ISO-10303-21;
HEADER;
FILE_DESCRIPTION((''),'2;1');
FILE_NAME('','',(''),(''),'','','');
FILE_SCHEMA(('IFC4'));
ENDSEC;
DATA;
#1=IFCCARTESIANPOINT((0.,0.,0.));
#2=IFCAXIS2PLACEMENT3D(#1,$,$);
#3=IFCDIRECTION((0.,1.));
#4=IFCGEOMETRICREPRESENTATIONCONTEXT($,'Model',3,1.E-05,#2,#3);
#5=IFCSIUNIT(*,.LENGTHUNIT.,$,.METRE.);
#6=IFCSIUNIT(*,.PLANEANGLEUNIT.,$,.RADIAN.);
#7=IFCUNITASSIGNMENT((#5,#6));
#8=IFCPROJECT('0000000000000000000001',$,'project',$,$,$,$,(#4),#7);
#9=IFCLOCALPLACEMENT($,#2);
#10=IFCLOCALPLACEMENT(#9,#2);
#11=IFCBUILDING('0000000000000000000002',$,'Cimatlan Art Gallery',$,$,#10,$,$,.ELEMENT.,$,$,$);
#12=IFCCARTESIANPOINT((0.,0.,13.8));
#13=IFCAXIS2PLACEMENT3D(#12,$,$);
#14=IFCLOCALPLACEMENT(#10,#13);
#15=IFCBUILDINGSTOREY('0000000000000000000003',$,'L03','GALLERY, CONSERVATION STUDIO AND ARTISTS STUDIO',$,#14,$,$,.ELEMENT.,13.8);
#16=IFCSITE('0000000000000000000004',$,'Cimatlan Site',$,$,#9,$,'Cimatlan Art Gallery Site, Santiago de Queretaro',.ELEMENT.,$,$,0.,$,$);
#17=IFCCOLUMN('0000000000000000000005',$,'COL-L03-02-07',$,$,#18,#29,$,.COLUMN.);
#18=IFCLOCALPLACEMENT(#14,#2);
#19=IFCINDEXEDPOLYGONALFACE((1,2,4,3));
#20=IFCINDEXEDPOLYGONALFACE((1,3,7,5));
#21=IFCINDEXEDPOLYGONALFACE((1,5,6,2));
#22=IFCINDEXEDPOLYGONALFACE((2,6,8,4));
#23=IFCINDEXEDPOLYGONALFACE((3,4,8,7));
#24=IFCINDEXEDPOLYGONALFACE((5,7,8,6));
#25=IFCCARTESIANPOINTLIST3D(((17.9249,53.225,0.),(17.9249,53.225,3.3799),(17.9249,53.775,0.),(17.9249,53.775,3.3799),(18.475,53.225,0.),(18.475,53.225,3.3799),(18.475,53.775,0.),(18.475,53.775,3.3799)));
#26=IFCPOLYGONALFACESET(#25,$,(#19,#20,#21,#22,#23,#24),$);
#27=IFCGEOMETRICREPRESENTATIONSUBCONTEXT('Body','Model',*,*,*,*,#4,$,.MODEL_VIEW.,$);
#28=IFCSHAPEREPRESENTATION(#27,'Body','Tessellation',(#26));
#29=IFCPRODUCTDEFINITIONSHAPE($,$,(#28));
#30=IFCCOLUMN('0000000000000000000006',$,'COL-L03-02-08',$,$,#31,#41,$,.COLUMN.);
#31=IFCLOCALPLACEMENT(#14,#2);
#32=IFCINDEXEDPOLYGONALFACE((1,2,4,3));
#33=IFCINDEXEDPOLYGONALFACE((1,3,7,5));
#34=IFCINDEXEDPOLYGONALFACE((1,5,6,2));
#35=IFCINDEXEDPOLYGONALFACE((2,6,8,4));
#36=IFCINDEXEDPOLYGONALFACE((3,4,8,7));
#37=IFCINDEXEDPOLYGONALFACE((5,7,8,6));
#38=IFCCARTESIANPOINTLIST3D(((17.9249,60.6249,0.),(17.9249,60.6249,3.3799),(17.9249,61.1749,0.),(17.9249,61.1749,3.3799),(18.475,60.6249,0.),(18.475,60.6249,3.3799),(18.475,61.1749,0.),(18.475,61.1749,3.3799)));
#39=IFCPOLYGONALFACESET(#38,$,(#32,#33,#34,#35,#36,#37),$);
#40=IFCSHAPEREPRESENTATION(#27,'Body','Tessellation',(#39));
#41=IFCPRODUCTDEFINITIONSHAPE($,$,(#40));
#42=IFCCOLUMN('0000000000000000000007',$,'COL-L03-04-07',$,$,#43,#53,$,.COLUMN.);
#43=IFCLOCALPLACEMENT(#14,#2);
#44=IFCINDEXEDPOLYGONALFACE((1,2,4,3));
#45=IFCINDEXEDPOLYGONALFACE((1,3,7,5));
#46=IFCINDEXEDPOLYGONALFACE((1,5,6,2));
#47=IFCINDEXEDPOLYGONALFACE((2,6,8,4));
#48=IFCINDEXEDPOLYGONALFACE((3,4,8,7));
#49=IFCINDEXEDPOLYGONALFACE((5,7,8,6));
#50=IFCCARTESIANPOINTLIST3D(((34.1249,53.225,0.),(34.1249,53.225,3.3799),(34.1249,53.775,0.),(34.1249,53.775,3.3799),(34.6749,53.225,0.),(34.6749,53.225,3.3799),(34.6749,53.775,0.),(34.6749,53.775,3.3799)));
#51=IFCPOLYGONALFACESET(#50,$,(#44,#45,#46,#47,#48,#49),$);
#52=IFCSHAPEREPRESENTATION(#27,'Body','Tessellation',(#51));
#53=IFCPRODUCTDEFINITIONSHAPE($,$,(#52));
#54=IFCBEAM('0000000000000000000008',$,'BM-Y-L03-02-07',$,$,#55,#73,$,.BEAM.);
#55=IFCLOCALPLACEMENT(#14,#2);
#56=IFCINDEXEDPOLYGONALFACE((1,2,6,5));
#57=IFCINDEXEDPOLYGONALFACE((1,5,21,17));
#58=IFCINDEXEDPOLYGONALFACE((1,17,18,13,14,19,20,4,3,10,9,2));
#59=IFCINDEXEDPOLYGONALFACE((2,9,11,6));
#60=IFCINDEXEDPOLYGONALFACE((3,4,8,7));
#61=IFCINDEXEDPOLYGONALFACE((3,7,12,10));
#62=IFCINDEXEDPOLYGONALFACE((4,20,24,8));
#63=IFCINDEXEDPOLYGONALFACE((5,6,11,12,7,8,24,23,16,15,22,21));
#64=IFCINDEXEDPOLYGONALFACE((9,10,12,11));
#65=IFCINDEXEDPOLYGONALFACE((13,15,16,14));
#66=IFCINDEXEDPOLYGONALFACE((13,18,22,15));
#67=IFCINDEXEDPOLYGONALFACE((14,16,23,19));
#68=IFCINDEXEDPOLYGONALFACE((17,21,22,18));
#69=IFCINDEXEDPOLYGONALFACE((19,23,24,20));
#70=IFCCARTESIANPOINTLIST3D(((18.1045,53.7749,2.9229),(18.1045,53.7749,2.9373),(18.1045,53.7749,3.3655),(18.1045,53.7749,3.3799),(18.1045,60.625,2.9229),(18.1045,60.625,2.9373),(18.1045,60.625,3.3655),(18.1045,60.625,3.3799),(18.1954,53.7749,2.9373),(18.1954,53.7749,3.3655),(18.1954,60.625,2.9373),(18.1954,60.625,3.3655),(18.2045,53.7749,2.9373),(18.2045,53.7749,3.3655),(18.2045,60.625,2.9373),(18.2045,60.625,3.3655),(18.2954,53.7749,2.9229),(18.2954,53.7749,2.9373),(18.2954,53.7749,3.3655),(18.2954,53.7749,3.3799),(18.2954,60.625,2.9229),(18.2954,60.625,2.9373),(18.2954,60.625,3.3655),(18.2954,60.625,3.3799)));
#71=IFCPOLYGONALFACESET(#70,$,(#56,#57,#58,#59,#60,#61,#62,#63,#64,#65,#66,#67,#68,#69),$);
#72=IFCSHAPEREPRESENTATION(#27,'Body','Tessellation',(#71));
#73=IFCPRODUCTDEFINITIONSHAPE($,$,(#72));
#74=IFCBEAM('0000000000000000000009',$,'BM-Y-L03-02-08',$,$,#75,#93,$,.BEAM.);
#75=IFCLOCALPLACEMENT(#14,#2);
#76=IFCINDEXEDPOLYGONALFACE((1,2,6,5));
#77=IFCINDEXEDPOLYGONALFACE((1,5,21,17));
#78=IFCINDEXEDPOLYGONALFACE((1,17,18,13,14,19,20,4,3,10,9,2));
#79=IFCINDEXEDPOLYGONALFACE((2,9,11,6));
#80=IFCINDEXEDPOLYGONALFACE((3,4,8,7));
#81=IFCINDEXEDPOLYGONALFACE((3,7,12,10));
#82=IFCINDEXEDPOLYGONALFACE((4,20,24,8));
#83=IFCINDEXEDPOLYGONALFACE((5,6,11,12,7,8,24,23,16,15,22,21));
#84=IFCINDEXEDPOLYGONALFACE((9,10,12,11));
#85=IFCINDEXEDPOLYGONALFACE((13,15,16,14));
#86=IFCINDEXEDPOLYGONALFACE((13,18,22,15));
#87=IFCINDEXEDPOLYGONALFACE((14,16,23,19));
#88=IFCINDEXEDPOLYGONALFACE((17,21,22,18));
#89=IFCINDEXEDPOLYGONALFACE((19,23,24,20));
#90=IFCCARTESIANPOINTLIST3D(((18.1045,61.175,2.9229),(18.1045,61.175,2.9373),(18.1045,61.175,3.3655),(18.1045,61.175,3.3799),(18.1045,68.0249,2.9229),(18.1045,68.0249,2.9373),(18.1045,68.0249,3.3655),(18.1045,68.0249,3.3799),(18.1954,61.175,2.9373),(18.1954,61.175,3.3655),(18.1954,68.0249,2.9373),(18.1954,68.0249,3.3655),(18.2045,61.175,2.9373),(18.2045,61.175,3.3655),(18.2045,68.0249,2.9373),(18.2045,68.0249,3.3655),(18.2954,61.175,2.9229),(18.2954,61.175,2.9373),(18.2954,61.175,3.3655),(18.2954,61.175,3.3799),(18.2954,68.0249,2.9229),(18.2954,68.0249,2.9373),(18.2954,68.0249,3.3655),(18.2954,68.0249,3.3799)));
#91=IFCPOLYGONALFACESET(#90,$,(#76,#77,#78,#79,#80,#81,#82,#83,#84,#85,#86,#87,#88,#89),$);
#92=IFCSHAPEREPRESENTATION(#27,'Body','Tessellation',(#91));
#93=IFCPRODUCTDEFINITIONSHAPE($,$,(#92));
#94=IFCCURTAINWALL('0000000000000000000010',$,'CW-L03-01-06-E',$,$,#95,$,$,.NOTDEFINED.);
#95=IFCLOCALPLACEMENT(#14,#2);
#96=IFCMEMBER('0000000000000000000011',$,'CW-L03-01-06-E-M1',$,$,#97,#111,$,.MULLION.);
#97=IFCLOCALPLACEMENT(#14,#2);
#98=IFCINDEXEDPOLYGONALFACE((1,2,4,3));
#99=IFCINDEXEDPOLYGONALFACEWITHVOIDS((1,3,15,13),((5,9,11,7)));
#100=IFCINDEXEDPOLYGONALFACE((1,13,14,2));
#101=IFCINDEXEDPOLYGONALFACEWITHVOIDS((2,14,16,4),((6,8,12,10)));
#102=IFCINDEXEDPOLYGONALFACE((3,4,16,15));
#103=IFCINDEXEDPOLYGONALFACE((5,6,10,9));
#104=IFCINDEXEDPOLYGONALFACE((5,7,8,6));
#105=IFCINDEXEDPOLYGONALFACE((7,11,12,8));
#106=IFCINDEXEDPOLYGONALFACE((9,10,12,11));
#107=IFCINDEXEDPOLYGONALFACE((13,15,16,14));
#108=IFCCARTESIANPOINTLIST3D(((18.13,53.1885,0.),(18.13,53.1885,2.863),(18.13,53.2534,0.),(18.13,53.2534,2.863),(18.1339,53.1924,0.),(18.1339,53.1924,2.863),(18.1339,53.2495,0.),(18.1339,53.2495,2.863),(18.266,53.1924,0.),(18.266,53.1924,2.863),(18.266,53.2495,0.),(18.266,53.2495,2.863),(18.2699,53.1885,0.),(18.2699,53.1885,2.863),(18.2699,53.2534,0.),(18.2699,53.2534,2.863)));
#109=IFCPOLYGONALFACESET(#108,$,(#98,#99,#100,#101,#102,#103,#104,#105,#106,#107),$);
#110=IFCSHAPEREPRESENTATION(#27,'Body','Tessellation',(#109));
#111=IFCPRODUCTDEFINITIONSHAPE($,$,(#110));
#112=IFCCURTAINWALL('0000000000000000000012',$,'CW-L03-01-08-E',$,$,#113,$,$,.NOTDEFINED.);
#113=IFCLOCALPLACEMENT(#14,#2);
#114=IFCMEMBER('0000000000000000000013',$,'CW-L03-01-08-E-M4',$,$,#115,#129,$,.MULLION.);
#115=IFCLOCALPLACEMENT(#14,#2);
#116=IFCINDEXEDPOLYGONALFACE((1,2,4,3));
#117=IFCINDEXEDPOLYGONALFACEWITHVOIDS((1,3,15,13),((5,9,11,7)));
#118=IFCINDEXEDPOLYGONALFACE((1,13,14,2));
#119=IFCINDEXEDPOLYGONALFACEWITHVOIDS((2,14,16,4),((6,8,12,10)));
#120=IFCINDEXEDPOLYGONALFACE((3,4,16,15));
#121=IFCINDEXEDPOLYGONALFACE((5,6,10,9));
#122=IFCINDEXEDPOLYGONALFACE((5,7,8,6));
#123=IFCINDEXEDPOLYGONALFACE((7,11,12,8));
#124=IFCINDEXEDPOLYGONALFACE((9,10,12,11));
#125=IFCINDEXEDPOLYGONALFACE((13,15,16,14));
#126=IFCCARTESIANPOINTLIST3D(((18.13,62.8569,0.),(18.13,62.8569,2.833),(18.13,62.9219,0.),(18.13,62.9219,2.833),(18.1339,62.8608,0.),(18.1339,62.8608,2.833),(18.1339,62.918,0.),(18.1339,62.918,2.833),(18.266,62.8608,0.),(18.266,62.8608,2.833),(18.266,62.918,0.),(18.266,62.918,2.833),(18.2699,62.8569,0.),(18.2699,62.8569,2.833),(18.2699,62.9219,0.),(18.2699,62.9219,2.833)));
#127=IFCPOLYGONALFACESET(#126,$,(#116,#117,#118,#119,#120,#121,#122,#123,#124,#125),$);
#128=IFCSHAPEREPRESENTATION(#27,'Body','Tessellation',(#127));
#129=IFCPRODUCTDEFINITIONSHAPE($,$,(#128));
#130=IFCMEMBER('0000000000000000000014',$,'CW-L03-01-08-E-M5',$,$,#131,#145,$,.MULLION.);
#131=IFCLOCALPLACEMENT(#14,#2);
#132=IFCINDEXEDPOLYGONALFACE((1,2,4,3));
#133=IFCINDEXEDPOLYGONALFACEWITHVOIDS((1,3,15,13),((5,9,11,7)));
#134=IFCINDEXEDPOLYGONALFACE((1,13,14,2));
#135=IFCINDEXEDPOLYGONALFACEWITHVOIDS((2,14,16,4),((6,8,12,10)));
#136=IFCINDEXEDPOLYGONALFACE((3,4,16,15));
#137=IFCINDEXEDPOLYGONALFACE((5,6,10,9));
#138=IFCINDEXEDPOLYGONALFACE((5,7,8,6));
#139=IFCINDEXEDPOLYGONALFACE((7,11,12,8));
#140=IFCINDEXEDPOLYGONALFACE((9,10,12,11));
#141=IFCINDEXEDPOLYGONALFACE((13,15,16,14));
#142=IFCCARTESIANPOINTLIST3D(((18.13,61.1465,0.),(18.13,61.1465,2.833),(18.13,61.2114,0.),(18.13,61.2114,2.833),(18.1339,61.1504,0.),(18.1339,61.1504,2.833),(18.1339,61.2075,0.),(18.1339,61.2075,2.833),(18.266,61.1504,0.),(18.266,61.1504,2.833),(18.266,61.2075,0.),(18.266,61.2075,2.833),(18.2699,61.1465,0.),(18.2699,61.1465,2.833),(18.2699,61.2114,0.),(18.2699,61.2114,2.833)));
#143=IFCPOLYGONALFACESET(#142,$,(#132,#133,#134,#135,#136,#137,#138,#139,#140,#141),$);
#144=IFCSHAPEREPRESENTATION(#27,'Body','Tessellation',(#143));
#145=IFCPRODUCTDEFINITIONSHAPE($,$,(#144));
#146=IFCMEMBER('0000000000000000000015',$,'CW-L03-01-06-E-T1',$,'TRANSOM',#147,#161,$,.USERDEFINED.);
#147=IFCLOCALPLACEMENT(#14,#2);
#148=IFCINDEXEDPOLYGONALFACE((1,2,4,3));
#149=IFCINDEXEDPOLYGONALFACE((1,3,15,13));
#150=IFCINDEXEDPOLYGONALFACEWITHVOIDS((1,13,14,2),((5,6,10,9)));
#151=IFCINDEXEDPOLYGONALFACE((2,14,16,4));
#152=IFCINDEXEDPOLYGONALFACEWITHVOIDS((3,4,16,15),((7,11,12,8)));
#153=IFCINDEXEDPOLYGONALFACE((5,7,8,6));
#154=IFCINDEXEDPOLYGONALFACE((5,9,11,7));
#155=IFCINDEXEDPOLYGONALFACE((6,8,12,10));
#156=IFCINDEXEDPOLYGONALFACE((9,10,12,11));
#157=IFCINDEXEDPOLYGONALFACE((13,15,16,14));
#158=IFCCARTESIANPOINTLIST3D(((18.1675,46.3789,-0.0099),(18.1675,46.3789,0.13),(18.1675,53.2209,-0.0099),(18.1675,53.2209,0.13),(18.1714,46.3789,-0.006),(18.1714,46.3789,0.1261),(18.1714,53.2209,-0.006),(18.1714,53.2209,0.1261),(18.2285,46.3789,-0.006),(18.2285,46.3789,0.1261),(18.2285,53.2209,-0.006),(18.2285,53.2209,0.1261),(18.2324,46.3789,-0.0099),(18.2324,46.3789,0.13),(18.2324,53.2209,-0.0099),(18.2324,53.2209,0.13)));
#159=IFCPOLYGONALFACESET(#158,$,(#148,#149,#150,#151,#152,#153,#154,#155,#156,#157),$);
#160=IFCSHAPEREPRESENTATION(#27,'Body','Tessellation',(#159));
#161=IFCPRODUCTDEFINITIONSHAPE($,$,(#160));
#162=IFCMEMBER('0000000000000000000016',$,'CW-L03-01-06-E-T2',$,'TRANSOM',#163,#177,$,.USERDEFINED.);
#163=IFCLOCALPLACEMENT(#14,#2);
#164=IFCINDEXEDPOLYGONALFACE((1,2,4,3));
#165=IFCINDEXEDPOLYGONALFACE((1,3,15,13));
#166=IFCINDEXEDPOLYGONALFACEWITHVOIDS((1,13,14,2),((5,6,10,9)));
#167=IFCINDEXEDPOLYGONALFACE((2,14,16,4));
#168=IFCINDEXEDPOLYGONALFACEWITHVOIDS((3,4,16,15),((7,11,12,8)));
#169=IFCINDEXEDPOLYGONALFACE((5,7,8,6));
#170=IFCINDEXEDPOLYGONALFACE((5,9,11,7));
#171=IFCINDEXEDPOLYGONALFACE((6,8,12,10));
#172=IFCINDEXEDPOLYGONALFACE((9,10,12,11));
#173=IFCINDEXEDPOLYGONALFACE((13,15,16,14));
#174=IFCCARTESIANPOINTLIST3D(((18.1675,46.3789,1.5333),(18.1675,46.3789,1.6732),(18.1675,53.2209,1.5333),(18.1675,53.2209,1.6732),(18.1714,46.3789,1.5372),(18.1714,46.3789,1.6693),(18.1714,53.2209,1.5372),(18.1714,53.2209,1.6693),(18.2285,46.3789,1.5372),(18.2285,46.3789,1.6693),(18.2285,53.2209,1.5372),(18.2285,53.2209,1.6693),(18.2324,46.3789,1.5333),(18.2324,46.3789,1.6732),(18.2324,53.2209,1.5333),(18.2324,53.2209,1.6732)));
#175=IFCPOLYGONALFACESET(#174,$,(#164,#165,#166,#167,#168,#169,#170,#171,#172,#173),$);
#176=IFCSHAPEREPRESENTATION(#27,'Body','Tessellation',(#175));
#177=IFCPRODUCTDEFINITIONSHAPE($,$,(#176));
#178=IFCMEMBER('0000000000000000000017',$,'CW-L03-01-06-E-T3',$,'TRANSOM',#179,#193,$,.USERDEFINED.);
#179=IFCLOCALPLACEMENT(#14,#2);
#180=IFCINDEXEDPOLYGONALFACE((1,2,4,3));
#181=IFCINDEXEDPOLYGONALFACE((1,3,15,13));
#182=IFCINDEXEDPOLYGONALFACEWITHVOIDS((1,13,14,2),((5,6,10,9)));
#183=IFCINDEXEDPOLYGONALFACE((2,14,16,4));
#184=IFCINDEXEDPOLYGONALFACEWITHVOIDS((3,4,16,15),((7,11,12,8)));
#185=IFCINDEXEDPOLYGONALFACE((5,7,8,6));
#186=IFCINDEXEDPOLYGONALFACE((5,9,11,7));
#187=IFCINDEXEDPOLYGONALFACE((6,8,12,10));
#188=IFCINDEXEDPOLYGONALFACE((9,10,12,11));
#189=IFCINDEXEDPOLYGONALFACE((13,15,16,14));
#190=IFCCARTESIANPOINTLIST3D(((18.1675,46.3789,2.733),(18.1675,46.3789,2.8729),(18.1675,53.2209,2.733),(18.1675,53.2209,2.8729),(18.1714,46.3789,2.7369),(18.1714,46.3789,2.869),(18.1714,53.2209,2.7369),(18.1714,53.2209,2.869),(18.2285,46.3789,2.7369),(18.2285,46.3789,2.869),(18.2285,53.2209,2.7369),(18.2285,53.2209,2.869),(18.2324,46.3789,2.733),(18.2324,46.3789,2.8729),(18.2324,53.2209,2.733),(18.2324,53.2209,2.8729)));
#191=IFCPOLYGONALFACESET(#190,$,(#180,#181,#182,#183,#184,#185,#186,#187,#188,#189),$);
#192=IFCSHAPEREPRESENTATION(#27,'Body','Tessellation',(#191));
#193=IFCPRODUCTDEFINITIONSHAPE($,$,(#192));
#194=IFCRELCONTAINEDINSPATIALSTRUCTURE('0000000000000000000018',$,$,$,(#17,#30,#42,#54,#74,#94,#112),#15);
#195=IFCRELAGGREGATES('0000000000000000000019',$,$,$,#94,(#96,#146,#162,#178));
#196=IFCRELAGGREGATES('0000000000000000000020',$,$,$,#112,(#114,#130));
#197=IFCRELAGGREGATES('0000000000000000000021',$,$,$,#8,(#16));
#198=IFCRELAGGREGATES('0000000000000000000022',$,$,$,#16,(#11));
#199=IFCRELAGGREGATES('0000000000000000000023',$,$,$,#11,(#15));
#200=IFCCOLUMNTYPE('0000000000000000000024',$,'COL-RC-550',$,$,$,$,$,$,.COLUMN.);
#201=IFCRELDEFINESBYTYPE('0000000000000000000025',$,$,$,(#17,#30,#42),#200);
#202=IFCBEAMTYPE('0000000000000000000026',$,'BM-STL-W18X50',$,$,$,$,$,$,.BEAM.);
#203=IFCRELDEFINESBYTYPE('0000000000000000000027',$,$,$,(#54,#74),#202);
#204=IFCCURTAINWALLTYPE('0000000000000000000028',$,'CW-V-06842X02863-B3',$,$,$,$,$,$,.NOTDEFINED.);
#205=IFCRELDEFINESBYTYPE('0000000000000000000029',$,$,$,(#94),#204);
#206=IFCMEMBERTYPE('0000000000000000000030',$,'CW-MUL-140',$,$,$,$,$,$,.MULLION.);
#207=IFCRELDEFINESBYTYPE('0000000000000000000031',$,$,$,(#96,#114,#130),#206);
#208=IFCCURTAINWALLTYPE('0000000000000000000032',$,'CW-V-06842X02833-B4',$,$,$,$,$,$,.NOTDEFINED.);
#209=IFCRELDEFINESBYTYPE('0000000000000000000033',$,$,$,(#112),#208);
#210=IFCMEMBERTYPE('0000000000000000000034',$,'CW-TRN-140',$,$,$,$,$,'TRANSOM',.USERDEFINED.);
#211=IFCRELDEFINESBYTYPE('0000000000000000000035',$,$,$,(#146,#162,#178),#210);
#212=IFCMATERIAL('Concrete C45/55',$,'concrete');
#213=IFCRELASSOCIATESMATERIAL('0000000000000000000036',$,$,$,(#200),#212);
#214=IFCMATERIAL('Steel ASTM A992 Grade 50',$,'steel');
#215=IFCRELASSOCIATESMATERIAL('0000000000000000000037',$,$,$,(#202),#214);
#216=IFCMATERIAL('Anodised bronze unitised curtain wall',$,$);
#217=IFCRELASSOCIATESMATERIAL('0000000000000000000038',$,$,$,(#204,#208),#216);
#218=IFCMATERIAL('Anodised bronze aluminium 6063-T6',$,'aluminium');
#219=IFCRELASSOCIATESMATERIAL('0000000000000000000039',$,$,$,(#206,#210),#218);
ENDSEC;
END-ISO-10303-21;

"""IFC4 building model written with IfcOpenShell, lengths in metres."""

from ifc_helpers import new_model, si_unit, direction, frame, origin, origin_2d, place, context, subcontext, project, spatial, rectangle, hollow_rectangle, i_section, extrude, material, material_profile, profile_set, type_object, element, aggregate, save


model = new_model("IFC4")

# Units and contexts
model_context = context("Model", 3, precision=1e-05, world=origin(), true_north=direction((0.0, 1.0)))
body_context = subcontext(model_context, "Body", "Model", "MODEL_VIEW")
ifc_project = project(units=[si_unit("LENGTHUNIT", "METRE"), si_unit("PLANEANGLEUNIT", "RADIAN")], contexts=[model_context])

# Site, building, storey
site_placement = place(None, origin())
site = spatial("IfcSite", under=ifc_project, at=site_placement, Name="Cimatlan Site", LongName="Cimatlan Art Gallery Site, Santiago de Queretaro", CompositionType="ELEMENT", RefElevation=0.0)
building_placement = place(site_placement, origin())
building = spatial("IfcBuilding", under=site, at=building_placement, Name="Cimatlan Art Gallery", CompositionType="ELEMENT")
storey_placement = place(building_placement, frame((0.0, 0.0, 13.8)))
storey = spatial("IfcBuildingStorey", under=building, at=storey_placement, Name="L03", Description="GALLERY, CONSERVATION STUDIO AND ARTISTS STUDIO", CompositionType="ELEMENT", Elevation=13.8)

# Columns
ifc_material_1 = material(Name="Concrete C45/55", Category="concrete")
ifc_material_profile_1 = material_profile(ifc_material_1, rectangle(XDim=0.55, YDim=0.55, at=origin_2d()), Name="RC550X550")
ifc_profile_set_1 = profile_set([ifc_material_profile_1], Name="Concrete C45/55")
column_type = type_object("IfcColumnType", Name="COL-RC-550", PredefinedType="COLUMN", material=ifc_profile_set_1)
for number, where, z_axis, x_axis, name in (
    (1, (18.2, 53.5, 0.0), (0.0, 0.0, 1.0), (1.0, 0.0, 0.0), "COL-L03-02-07"),
    (2, (18.2, 60.8999, 0.0), (0.0, 0.0, 1.0), (1.0, 0.0, 0.0), "COL-L03-02-08"),
    (3, (34.3999, 53.5, 0.0), (0.0, 0.0, 1.0), (1.0, 0.0, 0.0), "COL-L03-04-07"),
):
    element("IfcColumn", number, at=place(storey_placement, frame(where, z_axis=z_axis, x_axis=x_axis)), inside=storey, type_object=column_type, Name=name, PredefinedType="COLUMN", context=body_context, shape_type="SweptSolid", body=[
        extrude(rectangle(XDim=0.55, YDim=0.55, at=origin_2d()), origin(), (0.0, 0.0, 1.0), 3.3799),
    ])

# Beams
ifc_material_2 = material(Name="Steel ASTM A992 Grade 50", Category="steel")
ifc_material_profile_2 = material_profile(ifc_material_2, i_section(OverallWidth=0.1909, OverallDepth=0.457, WebThickness=0.009, FlangeThickness=0.0144, at=origin_2d()), Name="W18X50")
ifc_profile_set_2 = profile_set([ifc_material_profile_2], Name="Steel ASTM A992 Grade 50")
beam_type = type_object("IfcBeamType", Name="BM-STL-W18X50", PredefinedType="BEAM", material=ifc_profile_set_2)
beam_1_placement = place(storey_placement, frame((18.2, 53.7749, 3.1514), z_axis=(0.0, 1.0, 0.0), x_axis=(-1.0, 0.0, 0.0)))
element("IfcBeam", 4, at=beam_1_placement, inside=storey, type_object=beam_type, Name="BM-Y-L03-02-07", PredefinedType="BEAM", context=body_context, shape_type="SweptSolid", body=[
    extrude(i_section(OverallWidth=0.1909, OverallDepth=0.457, WebThickness=0.009, FlangeThickness=0.0144, at=origin_2d()), origin(), (0.0, 0.0, 1.0), 6.8501),
])
beam_2_placement = place(storey_placement, frame((18.2, 61.175, 3.1514), z_axis=(0.0, 1.0, 0.0), x_axis=(-1.0, 0.0, 0.0)))
element("IfcBeam", 5, at=beam_2_placement, inside=storey, type_object=beam_type, Name="BM-Y-L03-02-08", PredefinedType="BEAM", context=body_context, shape_type="SweptSolid", body=[
    extrude(i_section(OverallWidth=0.1909, OverallDepth=0.457, WebThickness=0.009, FlangeThickness=0.0144, at=origin_2d()), origin(), (0.0, 0.0, 1.0), 6.8499),
])

# Curtain wall, member
ifc_material_3 = material(Name="Anodised bronze unitised curtain wall")
curtain_wall_type_1 = type_object("IfcCurtainWallType", Name="CW-V-06842X02863-B3", PredefinedType="NOTDEFINED", material=ifc_material_3)
curtain_wall_1_placement = place(storey_placement, origin())
curtain_wall_1 = element("IfcCurtainWall", 6, at=curtain_wall_1_placement, inside=storey, type_object=curtain_wall_type_1, Name="CW-L03-01-06-E", PredefinedType="NOTDEFINED")
ifc_material_4 = material(Name="Anodised bronze aluminium 6063-T6", Category="aluminium")
ifc_material_profile_3 = material_profile(ifc_material_4, hollow_rectangle(XDim=0.0649, YDim=0.1399, WallThickness=0.0039, at=origin_2d()), Name="ALU65X140X4")
ifc_profile_set_3 = profile_set([ifc_material_profile_3], Name="Anodised bronze aluminium 6063-T6")
member_type_1 = type_object("IfcMemberType", Name="CW-MUL-140", PredefinedType="MULLION", material=ifc_profile_set_3)
member_1_placement = place(storey_placement, frame((18.2, 53.2209, 0.0), z_axis=(0.0, 0.0, 1.0), x_axis=(0.0, 1.0, 0.0)))
member_1 = element("IfcMember", 7, at=member_1_placement, type_object=member_type_1, Name="CW-L03-01-06-E-M1", PredefinedType="MULLION", context=body_context, shape_type="SweptSolid", body=[
    extrude(hollow_rectangle(XDim=0.0649, YDim=0.1399, WallThickness=0.0039, at=origin_2d()), origin(), (0.0, 0.0, 1.0), 2.863),
])

# Curtain wall, members
curtain_wall_type_2 = type_object("IfcCurtainWallType", Name="CW-V-06842X02833-B4", PredefinedType="NOTDEFINED", material=ifc_material_3)
curtain_wall_2_placement = place(storey_placement, origin())
curtain_wall_2 = element("IfcCurtainWall", 8, at=curtain_wall_2_placement, inside=storey, type_object=curtain_wall_type_2, Name="CW-L03-01-08-E", PredefinedType="NOTDEFINED")
member_2_placement = place(storey_placement, frame((18.2, 62.8894, 0.0), z_axis=(0.0, 0.0, 1.0), x_axis=(0.0, 1.0, 0.0)))
member_2 = element("IfcMember", 9, at=member_2_placement, type_object=member_type_1, Name="CW-L03-01-08-E-M4", PredefinedType="MULLION", context=body_context, shape_type="SweptSolid", body=[
    extrude(hollow_rectangle(XDim=0.0649, YDim=0.1399, WallThickness=0.0039, at=origin_2d()), origin(), (0.0, 0.0, 1.0), 2.833),
])
member_3_placement = place(storey_placement, frame((18.2, 61.179, 0.0), z_axis=(0.0, 0.0, 1.0), x_axis=(0.0, 1.0, 0.0)))
member_3 = element("IfcMember", 10, at=member_3_placement, type_object=member_type_1, Name="CW-L03-01-08-E-M5", PredefinedType="MULLION", context=body_context, shape_type="SweptSolid", body=[
    extrude(hollow_rectangle(XDim=0.0649, YDim=0.1399, WallThickness=0.0039, at=origin_2d()), origin(), (0.0, 0.0, 1.0), 2.833),
])

# Members
ifc_material_profile_4 = material_profile(ifc_material_4, hollow_rectangle(XDim=0.0649, YDim=0.1399, WallThickness=0.0039, at=origin_2d()), Name="ALU65X140X4")
ifc_profile_set_4 = profile_set([ifc_material_profile_4], Name="Anodised bronze aluminium 6063-T6")
member_type_2 = type_object("IfcMemberType", Name="CW-TRN-140", ElementType="TRANSOM", PredefinedType="USERDEFINED", material=ifc_profile_set_4)
member_4_placement = place(storey_placement, frame((18.2, 53.2209, 0.0601), z_axis=(0.0, -1.0, 0.0), x_axis=(1.0, 0.0, 0.0)))
member_4 = element("IfcMember", 11, at=member_4_placement, type_object=member_type_2, Name="CW-L03-01-06-E-T1", ObjectType="TRANSOM", PredefinedType="USERDEFINED", context=body_context, shape_type="SweptSolid", body=[
    extrude(hollow_rectangle(XDim=0.0649, YDim=0.1399, WallThickness=0.0039, at=origin_2d()), origin(), (0.0, 0.0, 1.0), 6.842),
])
member_5_placement = place(storey_placement, frame((18.2, 53.2209, 1.6033), z_axis=(0.0, -1.0, 0.0), x_axis=(1.0, 0.0, 0.0)))
member_5 = element("IfcMember", 12, at=member_5_placement, type_object=member_type_2, Name="CW-L03-01-06-E-T2", ObjectType="TRANSOM", PredefinedType="USERDEFINED", context=body_context, shape_type="SweptSolid", body=[
    extrude(hollow_rectangle(XDim=0.0649, YDim=0.1399, WallThickness=0.0039, at=origin_2d()), origin(), (0.0, 0.0, 1.0), 6.842),
])
member_6_placement = place(storey_placement, frame((18.2, 53.2209, 2.803), z_axis=(0.0, -1.0, 0.0), x_axis=(1.0, 0.0, 0.0)))
member_6 = element("IfcMember", 13, at=member_6_placement, type_object=member_type_2, Name="CW-L03-01-06-E-T3", ObjectType="TRANSOM", PredefinedType="USERDEFINED", context=body_context, shape_type="SweptSolid", body=[
    extrude(hollow_rectangle(XDim=0.0649, YDim=0.1399, WallThickness=0.0039, at=origin_2d()), origin(), (0.0, 0.0, 1.0), 6.842),
])
aggregate(curtain_wall_1, [member_1, member_4, member_5, member_6])

aggregate(curtain_wall_2, [member_2, member_3])

save(model, "model.ifc")
